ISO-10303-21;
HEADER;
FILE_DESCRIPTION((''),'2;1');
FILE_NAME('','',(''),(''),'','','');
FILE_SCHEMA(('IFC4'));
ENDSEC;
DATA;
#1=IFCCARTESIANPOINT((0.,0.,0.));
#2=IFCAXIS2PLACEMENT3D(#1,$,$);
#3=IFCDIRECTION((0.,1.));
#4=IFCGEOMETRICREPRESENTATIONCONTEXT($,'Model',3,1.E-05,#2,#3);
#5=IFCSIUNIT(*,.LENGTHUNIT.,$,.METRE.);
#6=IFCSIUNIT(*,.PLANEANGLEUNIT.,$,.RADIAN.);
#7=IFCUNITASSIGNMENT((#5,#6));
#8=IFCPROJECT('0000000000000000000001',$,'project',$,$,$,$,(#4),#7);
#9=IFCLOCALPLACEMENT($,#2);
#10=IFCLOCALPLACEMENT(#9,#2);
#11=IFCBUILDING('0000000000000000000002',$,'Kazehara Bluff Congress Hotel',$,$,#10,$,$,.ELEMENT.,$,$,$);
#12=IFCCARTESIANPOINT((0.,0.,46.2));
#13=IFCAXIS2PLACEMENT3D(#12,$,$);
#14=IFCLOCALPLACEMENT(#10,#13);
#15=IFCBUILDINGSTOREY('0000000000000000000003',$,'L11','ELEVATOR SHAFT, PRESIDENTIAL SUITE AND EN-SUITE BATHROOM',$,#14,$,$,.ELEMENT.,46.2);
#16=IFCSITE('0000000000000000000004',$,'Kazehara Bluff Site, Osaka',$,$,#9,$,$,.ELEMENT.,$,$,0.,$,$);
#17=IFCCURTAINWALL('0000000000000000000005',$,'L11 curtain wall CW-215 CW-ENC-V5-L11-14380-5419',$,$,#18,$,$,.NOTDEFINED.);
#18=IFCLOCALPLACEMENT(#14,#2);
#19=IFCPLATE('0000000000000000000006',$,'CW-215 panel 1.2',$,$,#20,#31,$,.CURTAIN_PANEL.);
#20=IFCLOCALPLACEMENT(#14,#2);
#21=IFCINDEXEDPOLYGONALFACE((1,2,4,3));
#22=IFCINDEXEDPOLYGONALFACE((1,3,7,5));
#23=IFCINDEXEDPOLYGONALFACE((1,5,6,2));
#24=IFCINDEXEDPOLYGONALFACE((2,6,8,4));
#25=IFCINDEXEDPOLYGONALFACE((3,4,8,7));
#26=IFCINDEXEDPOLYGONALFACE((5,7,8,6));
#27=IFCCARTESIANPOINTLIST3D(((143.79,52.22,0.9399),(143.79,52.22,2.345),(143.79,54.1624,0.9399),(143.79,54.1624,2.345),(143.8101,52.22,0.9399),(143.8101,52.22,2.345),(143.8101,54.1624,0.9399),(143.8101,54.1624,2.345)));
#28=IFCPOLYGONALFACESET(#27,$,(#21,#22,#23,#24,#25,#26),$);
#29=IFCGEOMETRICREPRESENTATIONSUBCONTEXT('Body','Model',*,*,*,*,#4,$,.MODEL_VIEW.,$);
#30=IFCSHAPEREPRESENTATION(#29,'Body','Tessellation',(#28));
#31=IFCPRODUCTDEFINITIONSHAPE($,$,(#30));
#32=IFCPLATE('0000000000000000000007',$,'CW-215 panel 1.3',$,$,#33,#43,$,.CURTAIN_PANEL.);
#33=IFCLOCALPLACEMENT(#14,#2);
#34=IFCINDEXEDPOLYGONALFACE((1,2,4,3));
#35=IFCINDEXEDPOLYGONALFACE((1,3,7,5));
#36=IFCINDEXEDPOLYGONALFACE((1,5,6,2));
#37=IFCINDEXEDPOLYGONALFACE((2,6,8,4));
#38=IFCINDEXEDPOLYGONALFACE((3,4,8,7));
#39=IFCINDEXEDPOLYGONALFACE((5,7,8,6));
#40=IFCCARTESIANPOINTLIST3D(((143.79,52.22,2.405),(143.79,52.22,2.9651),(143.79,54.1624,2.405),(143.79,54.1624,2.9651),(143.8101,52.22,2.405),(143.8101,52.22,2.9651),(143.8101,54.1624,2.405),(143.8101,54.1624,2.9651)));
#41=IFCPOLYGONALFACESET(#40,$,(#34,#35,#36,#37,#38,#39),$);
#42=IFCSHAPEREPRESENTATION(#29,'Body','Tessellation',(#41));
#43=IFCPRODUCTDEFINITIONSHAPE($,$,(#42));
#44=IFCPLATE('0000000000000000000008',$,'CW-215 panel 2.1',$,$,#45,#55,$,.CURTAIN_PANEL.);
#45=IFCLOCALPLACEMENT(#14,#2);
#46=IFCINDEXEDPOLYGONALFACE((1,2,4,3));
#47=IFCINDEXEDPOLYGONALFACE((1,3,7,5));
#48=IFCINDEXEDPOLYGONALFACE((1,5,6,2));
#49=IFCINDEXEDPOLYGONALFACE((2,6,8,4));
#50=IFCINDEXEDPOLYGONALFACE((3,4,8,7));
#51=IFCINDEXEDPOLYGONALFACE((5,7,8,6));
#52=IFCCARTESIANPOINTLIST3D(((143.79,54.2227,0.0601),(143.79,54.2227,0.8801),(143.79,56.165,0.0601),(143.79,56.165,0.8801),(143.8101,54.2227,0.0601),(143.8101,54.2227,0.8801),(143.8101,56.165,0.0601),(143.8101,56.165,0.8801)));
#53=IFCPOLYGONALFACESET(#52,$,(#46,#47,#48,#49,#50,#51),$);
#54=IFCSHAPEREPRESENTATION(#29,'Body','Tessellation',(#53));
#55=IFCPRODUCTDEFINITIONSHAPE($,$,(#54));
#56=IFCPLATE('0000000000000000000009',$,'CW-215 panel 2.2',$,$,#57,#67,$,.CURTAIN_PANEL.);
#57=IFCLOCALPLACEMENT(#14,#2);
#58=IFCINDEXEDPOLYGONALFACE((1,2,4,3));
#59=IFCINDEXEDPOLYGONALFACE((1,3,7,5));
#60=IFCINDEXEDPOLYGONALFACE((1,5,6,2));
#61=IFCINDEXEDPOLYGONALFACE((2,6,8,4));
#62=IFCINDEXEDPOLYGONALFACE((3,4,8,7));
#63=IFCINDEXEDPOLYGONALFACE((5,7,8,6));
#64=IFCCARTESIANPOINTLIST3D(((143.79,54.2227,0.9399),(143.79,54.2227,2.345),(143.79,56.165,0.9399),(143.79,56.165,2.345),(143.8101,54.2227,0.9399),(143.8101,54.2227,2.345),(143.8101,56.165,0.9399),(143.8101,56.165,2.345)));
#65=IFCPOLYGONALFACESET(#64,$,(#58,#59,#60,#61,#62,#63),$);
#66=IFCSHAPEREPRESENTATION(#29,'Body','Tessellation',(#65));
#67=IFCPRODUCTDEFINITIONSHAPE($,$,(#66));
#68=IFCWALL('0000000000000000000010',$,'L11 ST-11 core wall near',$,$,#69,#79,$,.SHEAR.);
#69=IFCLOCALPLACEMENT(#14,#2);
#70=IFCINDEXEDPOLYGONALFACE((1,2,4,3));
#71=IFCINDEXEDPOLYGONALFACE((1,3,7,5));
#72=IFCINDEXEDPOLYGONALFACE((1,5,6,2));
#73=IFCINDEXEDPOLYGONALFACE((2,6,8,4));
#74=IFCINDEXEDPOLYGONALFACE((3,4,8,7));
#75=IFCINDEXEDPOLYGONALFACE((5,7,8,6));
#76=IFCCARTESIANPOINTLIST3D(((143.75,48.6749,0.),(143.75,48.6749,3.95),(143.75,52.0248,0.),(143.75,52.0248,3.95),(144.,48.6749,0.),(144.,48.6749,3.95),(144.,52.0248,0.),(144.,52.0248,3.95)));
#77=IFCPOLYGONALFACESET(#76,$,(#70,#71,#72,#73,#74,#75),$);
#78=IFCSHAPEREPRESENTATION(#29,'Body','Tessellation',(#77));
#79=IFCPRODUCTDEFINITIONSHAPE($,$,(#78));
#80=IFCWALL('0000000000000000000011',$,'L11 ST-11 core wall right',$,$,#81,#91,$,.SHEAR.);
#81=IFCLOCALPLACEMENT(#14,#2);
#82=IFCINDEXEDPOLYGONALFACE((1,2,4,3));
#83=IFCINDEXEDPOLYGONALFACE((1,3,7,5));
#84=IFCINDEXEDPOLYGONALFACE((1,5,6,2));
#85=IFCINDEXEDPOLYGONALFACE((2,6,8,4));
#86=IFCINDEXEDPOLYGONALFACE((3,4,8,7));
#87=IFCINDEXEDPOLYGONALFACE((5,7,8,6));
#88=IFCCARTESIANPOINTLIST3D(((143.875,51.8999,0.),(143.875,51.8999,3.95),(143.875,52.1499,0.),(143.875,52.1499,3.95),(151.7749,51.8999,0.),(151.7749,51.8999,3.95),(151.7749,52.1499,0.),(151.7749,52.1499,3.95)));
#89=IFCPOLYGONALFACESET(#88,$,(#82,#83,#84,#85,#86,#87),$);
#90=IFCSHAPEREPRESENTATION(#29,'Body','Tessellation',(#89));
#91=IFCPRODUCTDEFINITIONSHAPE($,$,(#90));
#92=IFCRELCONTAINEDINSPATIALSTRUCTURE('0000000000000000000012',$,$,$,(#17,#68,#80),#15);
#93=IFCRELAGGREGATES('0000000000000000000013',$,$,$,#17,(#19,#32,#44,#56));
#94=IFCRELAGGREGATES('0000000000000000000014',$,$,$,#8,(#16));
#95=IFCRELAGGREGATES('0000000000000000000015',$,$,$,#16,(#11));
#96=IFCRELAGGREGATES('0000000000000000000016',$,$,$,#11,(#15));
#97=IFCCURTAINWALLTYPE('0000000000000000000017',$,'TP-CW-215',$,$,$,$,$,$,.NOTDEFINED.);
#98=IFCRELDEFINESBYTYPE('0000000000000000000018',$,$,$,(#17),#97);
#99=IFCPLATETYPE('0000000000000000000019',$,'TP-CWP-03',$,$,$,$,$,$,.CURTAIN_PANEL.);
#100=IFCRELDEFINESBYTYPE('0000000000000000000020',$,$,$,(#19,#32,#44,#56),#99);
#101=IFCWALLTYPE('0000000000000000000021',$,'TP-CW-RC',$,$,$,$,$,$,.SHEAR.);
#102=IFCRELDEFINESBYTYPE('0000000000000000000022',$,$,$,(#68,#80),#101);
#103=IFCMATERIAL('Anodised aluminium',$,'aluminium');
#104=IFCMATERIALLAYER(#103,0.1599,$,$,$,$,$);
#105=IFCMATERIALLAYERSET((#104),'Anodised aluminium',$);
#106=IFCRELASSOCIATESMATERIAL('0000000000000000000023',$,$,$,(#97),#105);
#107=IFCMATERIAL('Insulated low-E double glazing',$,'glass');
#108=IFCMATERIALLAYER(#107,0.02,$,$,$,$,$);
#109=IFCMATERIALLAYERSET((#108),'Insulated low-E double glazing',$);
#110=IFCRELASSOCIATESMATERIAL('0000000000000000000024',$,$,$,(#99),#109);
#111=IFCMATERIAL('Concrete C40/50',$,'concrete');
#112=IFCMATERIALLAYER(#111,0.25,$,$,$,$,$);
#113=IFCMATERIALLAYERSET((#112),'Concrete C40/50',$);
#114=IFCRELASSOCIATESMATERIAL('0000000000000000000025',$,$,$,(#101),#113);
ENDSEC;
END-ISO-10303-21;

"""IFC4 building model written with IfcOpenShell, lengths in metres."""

from ifc_helpers import new_model, si_unit, direction, frame, frame_2d, origin, origin_2d, place, context, subcontext, project, spatial, rectangle, extrude, material, layer, layer_set, type_object, element, aggregate, save


model = new_model("IFC4")

# Units and contexts
model_context = context("Model", 3, precision=1e-05, world=origin(), true_north=direction((0.0, 1.0)))
body_context = subcontext(model_context, "Body", "Model", "MODEL_VIEW")
ifc_project = project(units=[si_unit("LENGTHUNIT", "METRE"), si_unit("PLANEANGLEUNIT", "RADIAN")], contexts=[model_context])

# Site, building, storey
site_placement = place(None, origin())
site = spatial("IfcSite", under=ifc_project, at=site_placement, Name="Kazehara Bluff Site, Osaka", CompositionType="ELEMENT", RefElevation=0.0)
building_placement = place(site_placement, origin())
building = spatial("IfcBuilding", under=site, at=building_placement, Name="Kazehara Bluff Congress Hotel", CompositionType="ELEMENT")
storey_placement = place(building_placement, frame((0.0, 0.0, 46.2)))
storey = spatial("IfcBuildingStorey", under=building, at=storey_placement, Name="L11", Description="ELEVATOR SHAFT, PRESIDENTIAL SUITE AND EN-SUITE BATHROOM", CompositionType="ELEMENT", Elevation=46.2)

# Curtain wall
ifc_material_1 = material(Name="Anodised aluminium", Category="aluminium")
ifc_layer_1 = layer(ifc_material_1, 0.1599)
ifc_layer_set_1 = layer_set([ifc_layer_1], Name="Anodised aluminium")
curtain_wall_type_1 = type_object("IfcCurtainWallType", Name="TP-CW-215", PredefinedType="NOTDEFINED", material=ifc_layer_set_1)
curtain_wall_1_placement = place(storey_placement, origin())
curtain_wall_1 = element("IfcCurtainWall", 1, at=curtain_wall_1_placement, inside=storey, type_object=curtain_wall_type_1, Name="L11 curtain wall CW-215 CW-ENC-V5-L11-14380-5419", PredefinedType="NOTDEFINED")

# Plates
ifc_material_2 = material(Name="Insulated low-E double glazing", Category="glass")
ifc_layer_2 = layer(ifc_material_2, 0.02)
ifc_layer_set_2 = layer_set([ifc_layer_2], Name="Insulated low-E double glazing")
plate_type_1 = type_object("IfcPlateType", Name="TP-CWP-03", PredefinedType="CURTAIN_PANEL", material=ifc_layer_set_2)
plate_1_placement = place(storey_placement, frame((143.8, 53.1912, 0.9399), z_axis=(0.0, 0.0, 1.0), x_axis=(0.0, 1.0, 0.0)))
plate_1 = element("IfcPlate", 2, at=plate_1_placement, type_object=plate_type_1, Name="CW-215 panel 1.2", PredefinedType="CURTAIN_PANEL", context=body_context, shape_type="SweptSolid", body=[
    extrude(rectangle(XDim=1.9424, YDim=0.02, at=origin_2d()), origin(), (0.0, 0.0, 1.0), 1.405),
])
plate_2_placement = place(storey_placement, frame((143.8, 53.1912, 2.405), z_axis=(0.0, 0.0, 1.0), x_axis=(0.0, 1.0, 0.0)))
plate_2 = element("IfcPlate", 3, at=plate_2_placement, type_object=plate_type_1, Name="CW-215 panel 1.3", PredefinedType="CURTAIN_PANEL", context=body_context, shape_type="SweptSolid", body=[
    extrude(rectangle(XDim=1.9424, YDim=0.02, at=origin_2d()), origin(), (0.0, 0.0, 1.0), 0.5601),
])
plate_3_placement = place(storey_placement, frame((143.8, 55.1938, 0.0601), z_axis=(0.0, 0.0, 1.0), x_axis=(0.0, 1.0, 0.0)))
plate_3 = element("IfcPlate", 4, at=plate_3_placement, type_object=plate_type_1, Name="CW-215 panel 2.1", PredefinedType="CURTAIN_PANEL", context=body_context, shape_type="SweptSolid", body=[
    extrude(rectangle(XDim=1.9424, YDim=0.02, at=origin_2d()), origin(), (0.0, 0.0, 1.0), 0.8201),
])
plate_4_placement = place(storey_placement, frame((143.8, 55.1938, 0.9399), z_axis=(0.0, 0.0, 1.0), x_axis=(0.0, 1.0, 0.0)))
plate_4 = element("IfcPlate", 5, at=plate_4_placement, type_object=plate_type_1, Name="CW-215 panel 2.2", PredefinedType="CURTAIN_PANEL", context=body_context, shape_type="SweptSolid", body=[
    extrude(rectangle(XDim=1.9424, YDim=0.02, at=origin_2d()), origin(), (0.0, 0.0, 1.0), 1.405),
])
aggregate(curtain_wall_1, [plate_1, plate_2, plate_3, plate_4])

# Walls
ifc_material_3 = material(Name="Concrete C40/50", Category="concrete")
ifc_layer_3 = layer(ifc_material_3, 0.25)
ifc_layer_set_3 = layer_set([ifc_layer_3], Name="Concrete C40/50")
wall_type = type_object("IfcWallType", Name="TP-CW-RC", PredefinedType="SHEAR", material=ifc_layer_set_3)
wall_1_placement = place(storey_placement, frame((143.875, 48.675, 0.0), z_axis=(0.0, 0.0, 1.0), x_axis=(0.0, 1.0, 0.0)))
element("IfcWall", 6, at=wall_1_placement, inside=storey, type_object=wall_type, Name="L11 ST-11 core wall near", PredefinedType="SHEAR", context=body_context, shape_type="SweptSolid", body=[
    extrude(rectangle(XDim=3.3499, YDim=0.25, at=frame_2d((1.6748, 0.0))), origin(), (0.0, 0.0, 1.0), 3.95),
])
wall_2_placement = place(storey_placement, frame((143.875, 52.0249, 0.0), z_axis=(0.0, 0.0, 1.0), x_axis=(1.0, 0.0, 0.0)))
element("IfcWall", 7, at=wall_2_placement, inside=storey, type_object=wall_type, Name="L11 ST-11 core wall right", PredefinedType="SHEAR", context=body_context, shape_type="SweptSolid", body=[
    extrude(rectangle(XDim=7.8999, YDim=0.25, at=frame_2d((3.95, 0.0))), origin(), (0.0, 0.0, 1.0), 3.95),
])

save(model, "model.ifc")
